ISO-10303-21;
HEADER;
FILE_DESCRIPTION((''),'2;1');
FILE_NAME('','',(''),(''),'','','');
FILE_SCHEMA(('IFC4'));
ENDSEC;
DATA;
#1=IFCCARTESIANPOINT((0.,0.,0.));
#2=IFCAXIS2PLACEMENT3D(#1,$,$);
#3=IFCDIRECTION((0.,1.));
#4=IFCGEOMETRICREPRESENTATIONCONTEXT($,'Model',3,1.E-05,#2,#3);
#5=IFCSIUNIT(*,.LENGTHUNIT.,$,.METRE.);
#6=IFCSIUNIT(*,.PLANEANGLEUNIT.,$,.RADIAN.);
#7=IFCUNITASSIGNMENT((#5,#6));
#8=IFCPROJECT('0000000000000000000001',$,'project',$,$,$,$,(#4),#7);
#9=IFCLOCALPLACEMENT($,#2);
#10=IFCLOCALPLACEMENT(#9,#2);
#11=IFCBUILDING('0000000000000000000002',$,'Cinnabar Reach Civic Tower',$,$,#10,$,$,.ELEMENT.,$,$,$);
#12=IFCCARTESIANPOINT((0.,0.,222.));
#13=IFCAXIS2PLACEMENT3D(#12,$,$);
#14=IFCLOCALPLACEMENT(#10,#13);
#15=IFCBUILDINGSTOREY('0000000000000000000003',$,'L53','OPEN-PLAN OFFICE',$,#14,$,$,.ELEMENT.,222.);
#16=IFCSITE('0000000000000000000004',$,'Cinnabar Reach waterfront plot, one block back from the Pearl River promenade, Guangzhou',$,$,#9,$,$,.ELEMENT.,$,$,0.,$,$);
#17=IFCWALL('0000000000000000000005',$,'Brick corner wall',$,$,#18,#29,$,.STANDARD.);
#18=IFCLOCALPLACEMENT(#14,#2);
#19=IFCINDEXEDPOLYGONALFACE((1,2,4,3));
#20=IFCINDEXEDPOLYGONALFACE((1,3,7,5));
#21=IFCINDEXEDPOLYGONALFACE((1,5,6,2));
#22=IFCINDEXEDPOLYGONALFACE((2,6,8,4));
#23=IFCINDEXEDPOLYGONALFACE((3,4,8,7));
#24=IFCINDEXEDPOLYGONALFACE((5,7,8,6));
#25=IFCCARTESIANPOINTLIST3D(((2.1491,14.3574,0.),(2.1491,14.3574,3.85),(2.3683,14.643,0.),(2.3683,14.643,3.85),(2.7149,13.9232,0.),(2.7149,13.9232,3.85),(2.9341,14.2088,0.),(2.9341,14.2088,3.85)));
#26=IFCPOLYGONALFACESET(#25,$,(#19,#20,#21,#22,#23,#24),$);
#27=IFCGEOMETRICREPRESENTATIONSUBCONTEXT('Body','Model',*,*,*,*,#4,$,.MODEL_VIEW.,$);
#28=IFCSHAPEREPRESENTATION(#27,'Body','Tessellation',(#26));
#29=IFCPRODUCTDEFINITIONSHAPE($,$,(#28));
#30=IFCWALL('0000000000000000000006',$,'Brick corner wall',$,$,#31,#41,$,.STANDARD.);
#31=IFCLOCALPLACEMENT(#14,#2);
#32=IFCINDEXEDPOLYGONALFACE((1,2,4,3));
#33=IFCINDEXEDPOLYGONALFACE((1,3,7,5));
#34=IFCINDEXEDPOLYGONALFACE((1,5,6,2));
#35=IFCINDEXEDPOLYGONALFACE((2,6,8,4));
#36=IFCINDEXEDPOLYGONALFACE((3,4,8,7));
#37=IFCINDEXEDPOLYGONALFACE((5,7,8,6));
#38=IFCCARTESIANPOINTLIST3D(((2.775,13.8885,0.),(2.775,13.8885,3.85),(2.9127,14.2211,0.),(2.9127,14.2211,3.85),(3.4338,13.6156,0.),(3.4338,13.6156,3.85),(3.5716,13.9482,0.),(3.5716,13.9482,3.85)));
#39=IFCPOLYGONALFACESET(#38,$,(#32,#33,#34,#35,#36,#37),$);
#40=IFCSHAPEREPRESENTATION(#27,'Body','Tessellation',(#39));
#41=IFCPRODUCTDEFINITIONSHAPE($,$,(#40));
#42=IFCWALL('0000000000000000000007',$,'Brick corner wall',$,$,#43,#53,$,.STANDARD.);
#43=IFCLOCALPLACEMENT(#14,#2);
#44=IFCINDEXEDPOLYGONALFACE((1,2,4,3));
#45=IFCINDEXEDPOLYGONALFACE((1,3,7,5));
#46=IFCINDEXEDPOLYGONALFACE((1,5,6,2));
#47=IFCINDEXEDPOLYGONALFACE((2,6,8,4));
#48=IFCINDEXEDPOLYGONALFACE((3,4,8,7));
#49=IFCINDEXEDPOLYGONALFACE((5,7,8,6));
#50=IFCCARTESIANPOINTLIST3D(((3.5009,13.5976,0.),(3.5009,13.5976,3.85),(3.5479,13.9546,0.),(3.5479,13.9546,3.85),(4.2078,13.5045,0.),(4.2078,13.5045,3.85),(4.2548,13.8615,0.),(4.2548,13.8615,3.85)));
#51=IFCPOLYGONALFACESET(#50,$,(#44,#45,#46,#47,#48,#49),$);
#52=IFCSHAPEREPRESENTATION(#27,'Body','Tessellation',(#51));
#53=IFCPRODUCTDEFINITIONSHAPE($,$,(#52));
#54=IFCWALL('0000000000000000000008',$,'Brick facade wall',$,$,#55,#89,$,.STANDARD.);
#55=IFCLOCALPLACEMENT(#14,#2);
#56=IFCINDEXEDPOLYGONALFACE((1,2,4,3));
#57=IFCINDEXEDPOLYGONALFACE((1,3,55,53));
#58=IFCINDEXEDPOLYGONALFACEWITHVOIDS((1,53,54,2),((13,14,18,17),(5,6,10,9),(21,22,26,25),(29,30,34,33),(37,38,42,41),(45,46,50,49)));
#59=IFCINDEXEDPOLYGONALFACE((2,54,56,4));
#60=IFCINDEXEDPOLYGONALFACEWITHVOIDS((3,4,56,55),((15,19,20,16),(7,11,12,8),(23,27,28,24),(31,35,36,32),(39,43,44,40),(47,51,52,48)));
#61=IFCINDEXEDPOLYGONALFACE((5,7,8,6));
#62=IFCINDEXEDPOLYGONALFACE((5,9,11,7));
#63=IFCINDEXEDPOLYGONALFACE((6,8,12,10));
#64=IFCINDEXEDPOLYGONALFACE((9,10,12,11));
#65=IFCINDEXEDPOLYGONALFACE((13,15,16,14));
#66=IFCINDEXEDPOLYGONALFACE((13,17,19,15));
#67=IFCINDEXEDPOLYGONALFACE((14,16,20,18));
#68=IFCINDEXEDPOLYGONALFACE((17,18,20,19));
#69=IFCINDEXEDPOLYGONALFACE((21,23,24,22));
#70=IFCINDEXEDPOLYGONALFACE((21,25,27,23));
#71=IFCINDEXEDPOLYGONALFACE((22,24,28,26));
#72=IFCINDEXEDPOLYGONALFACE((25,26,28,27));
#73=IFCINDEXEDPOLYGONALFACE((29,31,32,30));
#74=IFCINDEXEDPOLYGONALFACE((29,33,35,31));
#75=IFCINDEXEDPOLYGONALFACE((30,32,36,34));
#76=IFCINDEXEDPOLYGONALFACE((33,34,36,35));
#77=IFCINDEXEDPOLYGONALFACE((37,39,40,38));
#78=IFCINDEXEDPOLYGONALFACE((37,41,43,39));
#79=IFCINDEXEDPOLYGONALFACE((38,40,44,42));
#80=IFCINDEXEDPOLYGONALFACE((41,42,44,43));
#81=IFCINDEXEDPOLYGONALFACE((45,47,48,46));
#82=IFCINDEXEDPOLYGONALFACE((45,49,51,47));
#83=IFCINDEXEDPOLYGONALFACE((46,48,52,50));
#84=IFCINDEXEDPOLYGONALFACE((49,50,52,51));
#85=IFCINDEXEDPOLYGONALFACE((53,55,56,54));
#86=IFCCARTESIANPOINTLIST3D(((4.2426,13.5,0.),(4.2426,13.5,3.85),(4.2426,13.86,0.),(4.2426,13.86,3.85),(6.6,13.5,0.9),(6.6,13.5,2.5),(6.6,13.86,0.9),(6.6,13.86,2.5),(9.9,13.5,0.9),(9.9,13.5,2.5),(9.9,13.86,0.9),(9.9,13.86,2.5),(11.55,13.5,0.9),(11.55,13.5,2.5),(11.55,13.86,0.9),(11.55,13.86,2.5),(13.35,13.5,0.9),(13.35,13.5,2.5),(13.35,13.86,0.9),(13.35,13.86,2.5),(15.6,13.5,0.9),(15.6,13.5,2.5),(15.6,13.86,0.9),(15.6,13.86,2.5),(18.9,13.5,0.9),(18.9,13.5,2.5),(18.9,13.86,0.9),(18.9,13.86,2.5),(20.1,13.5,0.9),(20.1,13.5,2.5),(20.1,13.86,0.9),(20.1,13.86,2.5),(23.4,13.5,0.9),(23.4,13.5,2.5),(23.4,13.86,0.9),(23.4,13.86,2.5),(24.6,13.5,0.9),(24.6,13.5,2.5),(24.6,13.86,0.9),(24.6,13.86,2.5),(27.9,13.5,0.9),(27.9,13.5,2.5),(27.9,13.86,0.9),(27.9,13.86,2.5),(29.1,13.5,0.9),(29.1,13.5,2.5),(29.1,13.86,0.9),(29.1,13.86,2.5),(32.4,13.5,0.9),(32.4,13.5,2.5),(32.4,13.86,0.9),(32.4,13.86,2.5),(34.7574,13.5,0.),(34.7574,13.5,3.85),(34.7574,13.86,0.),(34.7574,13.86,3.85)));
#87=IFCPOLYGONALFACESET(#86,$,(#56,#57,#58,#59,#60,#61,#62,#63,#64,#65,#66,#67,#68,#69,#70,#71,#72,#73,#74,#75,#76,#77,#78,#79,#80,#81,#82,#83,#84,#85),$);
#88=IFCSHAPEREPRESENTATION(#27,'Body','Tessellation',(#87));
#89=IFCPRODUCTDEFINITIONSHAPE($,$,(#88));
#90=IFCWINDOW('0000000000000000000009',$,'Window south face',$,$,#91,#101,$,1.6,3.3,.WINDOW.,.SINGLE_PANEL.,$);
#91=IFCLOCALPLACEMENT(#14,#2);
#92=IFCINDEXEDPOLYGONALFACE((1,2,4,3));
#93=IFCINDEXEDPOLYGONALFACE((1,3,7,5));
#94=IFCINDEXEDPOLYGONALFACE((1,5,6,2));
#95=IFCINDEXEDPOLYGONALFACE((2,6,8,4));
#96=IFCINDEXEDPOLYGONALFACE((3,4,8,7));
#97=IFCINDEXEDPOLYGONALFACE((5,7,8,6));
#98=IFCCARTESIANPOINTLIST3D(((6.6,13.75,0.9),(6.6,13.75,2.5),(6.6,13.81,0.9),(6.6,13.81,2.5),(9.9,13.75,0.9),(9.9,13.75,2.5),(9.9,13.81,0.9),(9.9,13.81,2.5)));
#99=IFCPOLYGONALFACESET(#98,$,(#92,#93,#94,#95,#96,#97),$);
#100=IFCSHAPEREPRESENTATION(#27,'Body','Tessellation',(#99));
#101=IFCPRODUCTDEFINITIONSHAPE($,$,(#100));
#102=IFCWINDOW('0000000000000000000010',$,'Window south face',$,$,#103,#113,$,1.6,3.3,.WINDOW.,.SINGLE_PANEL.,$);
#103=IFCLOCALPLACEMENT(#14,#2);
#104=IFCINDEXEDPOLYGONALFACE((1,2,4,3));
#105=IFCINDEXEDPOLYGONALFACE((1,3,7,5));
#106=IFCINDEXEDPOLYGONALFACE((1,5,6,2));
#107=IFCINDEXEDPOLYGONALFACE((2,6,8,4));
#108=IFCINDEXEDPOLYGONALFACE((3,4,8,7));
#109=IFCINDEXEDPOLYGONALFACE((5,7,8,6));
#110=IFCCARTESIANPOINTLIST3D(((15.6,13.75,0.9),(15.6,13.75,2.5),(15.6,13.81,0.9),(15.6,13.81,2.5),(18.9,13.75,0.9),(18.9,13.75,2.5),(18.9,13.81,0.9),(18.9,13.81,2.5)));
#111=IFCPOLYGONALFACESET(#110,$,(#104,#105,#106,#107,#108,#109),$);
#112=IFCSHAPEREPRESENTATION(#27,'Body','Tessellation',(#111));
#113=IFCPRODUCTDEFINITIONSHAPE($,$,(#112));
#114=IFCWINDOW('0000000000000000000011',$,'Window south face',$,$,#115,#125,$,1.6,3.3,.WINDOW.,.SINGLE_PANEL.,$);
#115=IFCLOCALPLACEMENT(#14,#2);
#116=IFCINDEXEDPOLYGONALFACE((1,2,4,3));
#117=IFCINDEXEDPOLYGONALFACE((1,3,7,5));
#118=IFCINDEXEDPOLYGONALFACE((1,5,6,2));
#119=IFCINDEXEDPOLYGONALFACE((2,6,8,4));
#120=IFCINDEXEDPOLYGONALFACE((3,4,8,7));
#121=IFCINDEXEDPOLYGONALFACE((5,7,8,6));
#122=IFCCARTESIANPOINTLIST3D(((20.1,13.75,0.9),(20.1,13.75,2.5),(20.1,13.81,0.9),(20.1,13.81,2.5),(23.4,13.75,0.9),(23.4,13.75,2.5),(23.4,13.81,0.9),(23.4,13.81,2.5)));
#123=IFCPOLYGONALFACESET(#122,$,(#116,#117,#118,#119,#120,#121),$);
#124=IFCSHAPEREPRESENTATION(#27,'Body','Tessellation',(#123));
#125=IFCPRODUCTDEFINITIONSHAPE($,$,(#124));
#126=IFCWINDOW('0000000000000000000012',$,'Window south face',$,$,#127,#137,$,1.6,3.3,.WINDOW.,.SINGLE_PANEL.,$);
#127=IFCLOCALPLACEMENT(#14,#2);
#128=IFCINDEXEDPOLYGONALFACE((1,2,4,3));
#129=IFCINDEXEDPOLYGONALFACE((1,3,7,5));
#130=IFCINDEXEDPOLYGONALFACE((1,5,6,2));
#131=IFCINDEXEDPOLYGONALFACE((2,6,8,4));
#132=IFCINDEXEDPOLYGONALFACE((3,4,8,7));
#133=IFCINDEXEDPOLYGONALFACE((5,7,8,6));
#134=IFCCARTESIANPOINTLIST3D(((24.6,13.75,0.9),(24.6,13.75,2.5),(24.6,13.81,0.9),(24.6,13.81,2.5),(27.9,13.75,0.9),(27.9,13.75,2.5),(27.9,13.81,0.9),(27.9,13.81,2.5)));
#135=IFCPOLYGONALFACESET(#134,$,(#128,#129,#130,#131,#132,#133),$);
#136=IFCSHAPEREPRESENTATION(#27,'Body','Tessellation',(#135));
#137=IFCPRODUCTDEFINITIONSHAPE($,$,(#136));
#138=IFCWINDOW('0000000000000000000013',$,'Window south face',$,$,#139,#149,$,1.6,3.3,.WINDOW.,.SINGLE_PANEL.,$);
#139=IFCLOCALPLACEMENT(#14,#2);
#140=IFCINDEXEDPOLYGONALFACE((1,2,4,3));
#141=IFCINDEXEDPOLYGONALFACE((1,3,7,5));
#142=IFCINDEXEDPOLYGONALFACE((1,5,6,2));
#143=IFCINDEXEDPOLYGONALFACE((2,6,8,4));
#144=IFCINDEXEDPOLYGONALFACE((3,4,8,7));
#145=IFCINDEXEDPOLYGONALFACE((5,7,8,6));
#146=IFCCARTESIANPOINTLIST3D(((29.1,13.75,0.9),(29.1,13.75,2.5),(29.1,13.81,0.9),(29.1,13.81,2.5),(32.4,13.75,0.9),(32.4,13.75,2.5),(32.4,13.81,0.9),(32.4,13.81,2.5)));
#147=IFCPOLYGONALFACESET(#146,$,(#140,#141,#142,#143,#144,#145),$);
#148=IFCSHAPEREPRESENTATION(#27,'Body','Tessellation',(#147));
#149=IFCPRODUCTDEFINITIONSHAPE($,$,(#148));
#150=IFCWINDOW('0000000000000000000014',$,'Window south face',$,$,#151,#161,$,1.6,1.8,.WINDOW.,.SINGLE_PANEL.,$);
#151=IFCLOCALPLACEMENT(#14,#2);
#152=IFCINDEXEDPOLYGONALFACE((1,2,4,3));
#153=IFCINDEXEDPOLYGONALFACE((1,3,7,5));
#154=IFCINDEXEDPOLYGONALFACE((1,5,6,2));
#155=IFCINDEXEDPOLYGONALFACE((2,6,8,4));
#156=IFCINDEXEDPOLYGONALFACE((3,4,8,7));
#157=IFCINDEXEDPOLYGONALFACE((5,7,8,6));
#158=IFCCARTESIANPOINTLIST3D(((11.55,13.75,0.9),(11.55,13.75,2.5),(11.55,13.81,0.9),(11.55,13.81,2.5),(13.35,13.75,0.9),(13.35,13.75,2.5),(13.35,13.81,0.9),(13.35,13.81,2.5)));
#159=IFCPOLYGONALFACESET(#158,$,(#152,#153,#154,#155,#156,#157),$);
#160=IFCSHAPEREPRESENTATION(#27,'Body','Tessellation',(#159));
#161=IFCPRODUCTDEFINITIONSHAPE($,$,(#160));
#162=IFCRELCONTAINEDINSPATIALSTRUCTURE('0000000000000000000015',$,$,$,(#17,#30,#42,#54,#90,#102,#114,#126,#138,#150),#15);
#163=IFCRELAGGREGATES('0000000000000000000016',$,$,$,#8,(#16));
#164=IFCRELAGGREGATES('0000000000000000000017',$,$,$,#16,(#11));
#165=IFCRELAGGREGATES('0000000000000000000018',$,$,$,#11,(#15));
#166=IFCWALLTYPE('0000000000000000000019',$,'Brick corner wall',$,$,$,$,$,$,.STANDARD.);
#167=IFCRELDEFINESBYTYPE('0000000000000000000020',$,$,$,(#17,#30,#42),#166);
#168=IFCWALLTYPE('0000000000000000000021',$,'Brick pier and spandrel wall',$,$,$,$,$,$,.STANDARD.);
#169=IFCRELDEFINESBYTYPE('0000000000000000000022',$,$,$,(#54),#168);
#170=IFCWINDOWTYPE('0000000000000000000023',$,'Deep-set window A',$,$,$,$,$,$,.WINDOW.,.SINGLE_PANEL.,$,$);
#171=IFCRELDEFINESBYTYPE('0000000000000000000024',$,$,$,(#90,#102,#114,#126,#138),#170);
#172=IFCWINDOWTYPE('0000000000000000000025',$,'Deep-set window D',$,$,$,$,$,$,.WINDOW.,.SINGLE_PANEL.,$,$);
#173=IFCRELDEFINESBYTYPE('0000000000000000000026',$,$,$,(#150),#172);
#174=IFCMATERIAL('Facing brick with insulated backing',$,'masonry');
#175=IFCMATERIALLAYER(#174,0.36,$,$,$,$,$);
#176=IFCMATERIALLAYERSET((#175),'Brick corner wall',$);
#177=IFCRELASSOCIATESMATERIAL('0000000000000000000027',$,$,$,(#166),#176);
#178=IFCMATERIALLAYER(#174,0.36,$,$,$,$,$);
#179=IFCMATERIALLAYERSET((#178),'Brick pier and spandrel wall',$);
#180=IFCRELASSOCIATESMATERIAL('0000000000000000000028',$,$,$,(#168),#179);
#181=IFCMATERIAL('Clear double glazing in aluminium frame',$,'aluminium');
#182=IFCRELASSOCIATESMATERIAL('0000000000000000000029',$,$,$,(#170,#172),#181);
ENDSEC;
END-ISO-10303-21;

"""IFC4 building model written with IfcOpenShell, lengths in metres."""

from ifc_helpers import new_model, si_unit, direction, frame, frame_2d, origin, place, context, subcontext, project, spatial, rectangle, extrude, material, layer, layer_set, type_object, element, fill, save


model = new_model("IFC4")

# Units and contexts
model_context = context("Model", 3, precision=1e-05, world=origin(), true_north=direction((0.0, 1.0)))
body_context = subcontext(model_context, "Body", "Model", "MODEL_VIEW")
ifc_project = project(units=[si_unit("LENGTHUNIT", "METRE"), si_unit("PLANEANGLEUNIT", "RADIAN")], contexts=[model_context])

# Site, building, storey
site_placement = place(None, origin())
site = spatial("IfcSite", under=ifc_project, at=site_placement, Name="Cinnabar Reach waterfront plot, one block back from the Pearl River promenade, Guangzhou", CompositionType="ELEMENT", RefElevation=0.0)
building_placement = place(site_placement, origin())
building = spatial("IfcBuilding", under=site, at=building_placement, Name="Cinnabar Reach Civic Tower", CompositionType="ELEMENT")
storey_placement = place(building_placement, frame((0.0, 0.0, 222.0)))
storey = spatial("IfcBuildingStorey", under=building, at=storey_placement, Name="L53", Description="OPEN-PLAN OFFICE", CompositionType="ELEMENT", Elevation=222.0)

# Walls
ifc_material_1 = material(Name="Facing brick with insulated backing", Category="masonry")
ifc_layer_1 = layer(ifc_material_1, 0.36)
ifc_layer_set_1 = layer_set([ifc_layer_1], Name="Brick corner wall")
wall_type_1 = type_object("IfcWallType", Name="Brick corner wall", PredefinedType="STANDARD", material=ifc_layer_set_1)
wall_1_placement = place(storey_placement, frame((2.2587, 14.5002, 0.0), z_axis=(0.0, 0.0, 1.0), x_axis=(0.793322, -0.608802, 0.0)))
element("IfcWall", 1, at=wall_1_placement, inside=storey, type_object=wall_type_1, Name="Brick corner wall", PredefinedType="STANDARD", context=body_context, shape_type="SweptSolid", body=[
    extrude(rectangle(XDim=0.7132, YDim=0.36, at=frame_2d((0.3566, 0.0))), origin(), (0.0, 0.0, 1.0), 3.85),
])
for number, where, z_axis, x_axis, name in (
    (2, (2.8439, 14.0548, 0.0), (0.0, 0.0, 1.0), (0.923872, -0.382703, 0.0), "Brick corner wall"),
    (3, (3.5244, 13.7761, 0.0), (0.0, 0.0, 1.0), (0.991441, -0.130556, 0.0), "Brick corner wall"),
):
    element("IfcWall", number, at=place(storey_placement, frame(where, z_axis=z_axis, x_axis=x_axis)), inside=storey, type_object=wall_type_1, Name=name, PredefinedType="STANDARD", context=body_context, shape_type="SweptSolid", body=[
        extrude(rectangle(XDim=0.7131, YDim=0.36, at=frame_2d((0.3565, 0.0))), origin(), (0.0, 0.0, 1.0), 3.85),
    ])

# Wall, openings, windows
ifc_layer_2 = layer(ifc_material_1, 0.36)
ifc_layer_set_2 = layer_set([ifc_layer_2], Name="Brick pier and spandrel wall")
wall_type_2 = type_object("IfcWallType", Name="Brick pier and spandrel wall", PredefinedType="STANDARD", material=ifc_layer_set_2)
wall_2_placement = place(storey_placement, frame((4.2426, 13.68, 0.0), z_axis=(0.0, 0.0, 1.0), x_axis=(1.0, 0.0, 0.0)))
wall_2 = element("IfcWall", 4, at=wall_2_placement, inside=storey, type_object=wall_type_2, Name="Brick facade wall", PredefinedType="STANDARD", context=body_context, shape_type="SweptSolid", body=[
    extrude(rectangle(XDim=30.5148, YDim=0.36, at=frame_2d((15.2574, 0.0))), origin(), (0.0, 0.0, 1.0), 3.85),
])
opening_1_placement = place(wall_2_placement, frame((2.3574, 0.0, 0.9)))
opening_1 = element("IfcOpeningElement", 5, at=opening_1_placement, cuts=wall_2, PredefinedType="OPENING", context=body_context, shape_type="SweptSolid", body=[
    extrude(rectangle(XDim=3.3, YDim=1.6, at=frame_2d((1.65, 0.8))), frame((0.0, 0.19, 0.0), z_axis=(0.0, -1.0, 0.0), x_axis=(1.0, 0.0, 0.0)), (0.0, 0.0, 1.0), 0.38),
])
opening_2_placement = place(wall_2_placement, frame((7.3074, 0.0, 0.9)))
opening_2 = element("IfcOpeningElement", 6, at=opening_2_placement, cuts=wall_2, PredefinedType="OPENING", context=body_context, shape_type="SweptSolid", body=[
    extrude(rectangle(XDim=1.8, YDim=1.6, at=frame_2d((0.9, 0.8))), frame((0.0, 0.19, 0.0), z_axis=(0.0, -1.0, 0.0), x_axis=(1.0, 0.0, 0.0)), (0.0, 0.0, 1.0), 0.38),
])
opening_3_placement = place(wall_2_placement, frame((11.3574, 0.0, 0.9)))
opening_3 = element("IfcOpeningElement", 7, at=opening_3_placement, cuts=wall_2, PredefinedType="OPENING", context=body_context, shape_type="SweptSolid", body=[
    extrude(rectangle(XDim=3.3, YDim=1.6, at=frame_2d((1.65, 0.8))), frame((0.0, 0.19, 0.0), z_axis=(0.0, -1.0, 0.0), x_axis=(1.0, 0.0, 0.0)), (0.0, 0.0, 1.0), 0.38),
])
opening_4_placement = place(wall_2_placement, frame((15.8574, 0.0, 0.9)))
opening_4 = element("IfcOpeningElement", 8, at=opening_4_placement, cuts=wall_2, PredefinedType="OPENING", context=body_context, shape_type="SweptSolid", body=[
    extrude(rectangle(XDim=3.3, YDim=1.6, at=frame_2d((1.65, 0.8))), frame((0.0, 0.19, 0.0), z_axis=(0.0, -1.0, 0.0), x_axis=(1.0, 0.0, 0.0)), (0.0, 0.0, 1.0), 0.38),
])
opening_5_placement = place(wall_2_placement, frame((20.3574, 0.0, 0.9)))
opening_5 = element("IfcOpeningElement", 9, at=opening_5_placement, cuts=wall_2, PredefinedType="OPENING", context=body_context, shape_type="SweptSolid", body=[
    extrude(rectangle(XDim=3.3, YDim=1.6, at=frame_2d((1.65, 0.8))), frame((0.0, 0.19, 0.0), z_axis=(0.0, -1.0, 0.0), x_axis=(1.0, 0.0, 0.0)), (0.0, 0.0, 1.0), 0.38),
])
opening_6_placement = place(wall_2_placement, frame((24.8574, 0.0, 0.9)))
opening_6 = element("IfcOpeningElement", 10, at=opening_6_placement, cuts=wall_2, PredefinedType="OPENING", context=body_context, shape_type="SweptSolid", body=[
    extrude(rectangle(XDim=3.3, YDim=1.6, at=frame_2d((1.65, 0.8))), frame((0.0, 0.19, 0.0), z_axis=(0.0, -1.0, 0.0), x_axis=(1.0, 0.0, 0.0)), (0.0, 0.0, 1.0), 0.38),
])
ifc_material_2 = material(Name="Clear double glazing in aluminium frame", Category="aluminium")
window_type_1 = type_object("IfcWindowType", Name="Deep-set window A", PartitioningType="SINGLE_PANEL", PredefinedType="WINDOW", material=ifc_material_2)
window_1_placement = place(opening_1_placement, origin())
window_1 = element("IfcWindow", 11, at=window_1_placement, inside=storey, type_object=window_type_1, Name="Window south face", OverallHeight=1.6, OverallWidth=3.3, PartitioningType="SINGLE_PANEL", PredefinedType="WINDOW", context=body_context, shape_type="SweptSolid", body=[
    extrude(rectangle(XDim=3.3, YDim=1.6, at=frame_2d((1.65, 0.8))), frame((0.0, 0.13, 0.0), z_axis=(0.0, -1.0, 0.0), x_axis=(1.0, 0.0, 0.0)), (0.0, 0.0, 1.0), 0.06),
])
fill(opening_1, window_1)
window_2_placement = place(opening_3_placement, origin())
window_2 = element("IfcWindow", 12, at=window_2_placement, inside=storey, type_object=window_type_1, Name="Window south face", OverallHeight=1.6, OverallWidth=3.3, PartitioningType="SINGLE_PANEL", PredefinedType="WINDOW", context=body_context, shape_type="SweptSolid", body=[
    extrude(rectangle(XDim=3.3, YDim=1.6, at=frame_2d((1.65, 0.8))), frame((0.0, 0.13, 0.0), z_axis=(0.0, -1.0, 0.0), x_axis=(1.0, 0.0, 0.0)), (0.0, 0.0, 1.0), 0.06),
])
fill(opening_3, window_2)
window_3_placement = place(opening_4_placement, origin())
window_3 = element("IfcWindow", 13, at=window_3_placement, inside=storey, type_object=window_type_1, Name="Window south face", OverallHeight=1.6, OverallWidth=3.3, PartitioningType="SINGLE_PANEL", PredefinedType="WINDOW", context=body_context, shape_type="SweptSolid", body=[
    extrude(rectangle(XDim=3.3, YDim=1.6, at=frame_2d((1.65, 0.8))), frame((0.0, 0.13, 0.0), z_axis=(0.0, -1.0, 0.0), x_axis=(1.0, 0.0, 0.0)), (0.0, 0.0, 1.0), 0.06),
])
fill(opening_4, window_3)
window_4_placement = place(opening_5_placement, origin())
window_4 = element("IfcWindow", 14, at=window_4_placement, inside=storey, type_object=window_type_1, Name="Window south face", OverallHeight=1.6, OverallWidth=3.3, PartitioningType="SINGLE_PANEL", PredefinedType="WINDOW", context=body_context, shape_type="SweptSolid", body=[
    extrude(rectangle(XDim=3.3, YDim=1.6, at=frame_2d((1.65, 0.8))), frame((0.0, 0.13, 0.0), z_axis=(0.0, -1.0, 0.0), x_axis=(1.0, 0.0, 0.0)), (0.0, 0.0, 1.0), 0.06),
])
fill(opening_5, window_4)
window_5_placement = place(opening_6_placement, origin())
window_5 = element("IfcWindow", 15, at=window_5_placement, inside=storey, type_object=window_type_1, Name="Window south face", OverallHeight=1.6, OverallWidth=3.3, PartitioningType="SINGLE_PANEL", PredefinedType="WINDOW", context=body_context, shape_type="SweptSolid", body=[
    extrude(rectangle(XDim=3.3, YDim=1.6, at=frame_2d((1.65, 0.8))), frame((0.0, 0.13, 0.0), z_axis=(0.0, -1.0, 0.0), x_axis=(1.0, 0.0, 0.0)), (0.0, 0.0, 1.0), 0.06),
])
fill(opening_6, window_5)
window_type_2 = type_object("IfcWindowType", Name="Deep-set window D", PartitioningType="SINGLE_PANEL", PredefinedType="WINDOW", material=ifc_material_2)
window_6_placement = place(opening_2_placement, origin())
window_6 = element("IfcWindow", 16, at=window_6_placement, inside=storey, type_object=window_type_2, Name="Window south face", OverallHeight=1.6, OverallWidth=1.8, PartitioningType="SINGLE_PANEL", PredefinedType="WINDOW", context=body_context, shape_type="SweptSolid", body=[
    extrude(rectangle(XDim=1.8, YDim=1.6, at=frame_2d((0.9, 0.8))), frame((0.0, 0.13, 0.0), z_axis=(0.0, -1.0, 0.0), x_axis=(1.0, 0.0, 0.0)), (0.0, 0.0, 1.0), 0.06),
])
fill(opening_2, window_6)

save(model, "model.ifc")
